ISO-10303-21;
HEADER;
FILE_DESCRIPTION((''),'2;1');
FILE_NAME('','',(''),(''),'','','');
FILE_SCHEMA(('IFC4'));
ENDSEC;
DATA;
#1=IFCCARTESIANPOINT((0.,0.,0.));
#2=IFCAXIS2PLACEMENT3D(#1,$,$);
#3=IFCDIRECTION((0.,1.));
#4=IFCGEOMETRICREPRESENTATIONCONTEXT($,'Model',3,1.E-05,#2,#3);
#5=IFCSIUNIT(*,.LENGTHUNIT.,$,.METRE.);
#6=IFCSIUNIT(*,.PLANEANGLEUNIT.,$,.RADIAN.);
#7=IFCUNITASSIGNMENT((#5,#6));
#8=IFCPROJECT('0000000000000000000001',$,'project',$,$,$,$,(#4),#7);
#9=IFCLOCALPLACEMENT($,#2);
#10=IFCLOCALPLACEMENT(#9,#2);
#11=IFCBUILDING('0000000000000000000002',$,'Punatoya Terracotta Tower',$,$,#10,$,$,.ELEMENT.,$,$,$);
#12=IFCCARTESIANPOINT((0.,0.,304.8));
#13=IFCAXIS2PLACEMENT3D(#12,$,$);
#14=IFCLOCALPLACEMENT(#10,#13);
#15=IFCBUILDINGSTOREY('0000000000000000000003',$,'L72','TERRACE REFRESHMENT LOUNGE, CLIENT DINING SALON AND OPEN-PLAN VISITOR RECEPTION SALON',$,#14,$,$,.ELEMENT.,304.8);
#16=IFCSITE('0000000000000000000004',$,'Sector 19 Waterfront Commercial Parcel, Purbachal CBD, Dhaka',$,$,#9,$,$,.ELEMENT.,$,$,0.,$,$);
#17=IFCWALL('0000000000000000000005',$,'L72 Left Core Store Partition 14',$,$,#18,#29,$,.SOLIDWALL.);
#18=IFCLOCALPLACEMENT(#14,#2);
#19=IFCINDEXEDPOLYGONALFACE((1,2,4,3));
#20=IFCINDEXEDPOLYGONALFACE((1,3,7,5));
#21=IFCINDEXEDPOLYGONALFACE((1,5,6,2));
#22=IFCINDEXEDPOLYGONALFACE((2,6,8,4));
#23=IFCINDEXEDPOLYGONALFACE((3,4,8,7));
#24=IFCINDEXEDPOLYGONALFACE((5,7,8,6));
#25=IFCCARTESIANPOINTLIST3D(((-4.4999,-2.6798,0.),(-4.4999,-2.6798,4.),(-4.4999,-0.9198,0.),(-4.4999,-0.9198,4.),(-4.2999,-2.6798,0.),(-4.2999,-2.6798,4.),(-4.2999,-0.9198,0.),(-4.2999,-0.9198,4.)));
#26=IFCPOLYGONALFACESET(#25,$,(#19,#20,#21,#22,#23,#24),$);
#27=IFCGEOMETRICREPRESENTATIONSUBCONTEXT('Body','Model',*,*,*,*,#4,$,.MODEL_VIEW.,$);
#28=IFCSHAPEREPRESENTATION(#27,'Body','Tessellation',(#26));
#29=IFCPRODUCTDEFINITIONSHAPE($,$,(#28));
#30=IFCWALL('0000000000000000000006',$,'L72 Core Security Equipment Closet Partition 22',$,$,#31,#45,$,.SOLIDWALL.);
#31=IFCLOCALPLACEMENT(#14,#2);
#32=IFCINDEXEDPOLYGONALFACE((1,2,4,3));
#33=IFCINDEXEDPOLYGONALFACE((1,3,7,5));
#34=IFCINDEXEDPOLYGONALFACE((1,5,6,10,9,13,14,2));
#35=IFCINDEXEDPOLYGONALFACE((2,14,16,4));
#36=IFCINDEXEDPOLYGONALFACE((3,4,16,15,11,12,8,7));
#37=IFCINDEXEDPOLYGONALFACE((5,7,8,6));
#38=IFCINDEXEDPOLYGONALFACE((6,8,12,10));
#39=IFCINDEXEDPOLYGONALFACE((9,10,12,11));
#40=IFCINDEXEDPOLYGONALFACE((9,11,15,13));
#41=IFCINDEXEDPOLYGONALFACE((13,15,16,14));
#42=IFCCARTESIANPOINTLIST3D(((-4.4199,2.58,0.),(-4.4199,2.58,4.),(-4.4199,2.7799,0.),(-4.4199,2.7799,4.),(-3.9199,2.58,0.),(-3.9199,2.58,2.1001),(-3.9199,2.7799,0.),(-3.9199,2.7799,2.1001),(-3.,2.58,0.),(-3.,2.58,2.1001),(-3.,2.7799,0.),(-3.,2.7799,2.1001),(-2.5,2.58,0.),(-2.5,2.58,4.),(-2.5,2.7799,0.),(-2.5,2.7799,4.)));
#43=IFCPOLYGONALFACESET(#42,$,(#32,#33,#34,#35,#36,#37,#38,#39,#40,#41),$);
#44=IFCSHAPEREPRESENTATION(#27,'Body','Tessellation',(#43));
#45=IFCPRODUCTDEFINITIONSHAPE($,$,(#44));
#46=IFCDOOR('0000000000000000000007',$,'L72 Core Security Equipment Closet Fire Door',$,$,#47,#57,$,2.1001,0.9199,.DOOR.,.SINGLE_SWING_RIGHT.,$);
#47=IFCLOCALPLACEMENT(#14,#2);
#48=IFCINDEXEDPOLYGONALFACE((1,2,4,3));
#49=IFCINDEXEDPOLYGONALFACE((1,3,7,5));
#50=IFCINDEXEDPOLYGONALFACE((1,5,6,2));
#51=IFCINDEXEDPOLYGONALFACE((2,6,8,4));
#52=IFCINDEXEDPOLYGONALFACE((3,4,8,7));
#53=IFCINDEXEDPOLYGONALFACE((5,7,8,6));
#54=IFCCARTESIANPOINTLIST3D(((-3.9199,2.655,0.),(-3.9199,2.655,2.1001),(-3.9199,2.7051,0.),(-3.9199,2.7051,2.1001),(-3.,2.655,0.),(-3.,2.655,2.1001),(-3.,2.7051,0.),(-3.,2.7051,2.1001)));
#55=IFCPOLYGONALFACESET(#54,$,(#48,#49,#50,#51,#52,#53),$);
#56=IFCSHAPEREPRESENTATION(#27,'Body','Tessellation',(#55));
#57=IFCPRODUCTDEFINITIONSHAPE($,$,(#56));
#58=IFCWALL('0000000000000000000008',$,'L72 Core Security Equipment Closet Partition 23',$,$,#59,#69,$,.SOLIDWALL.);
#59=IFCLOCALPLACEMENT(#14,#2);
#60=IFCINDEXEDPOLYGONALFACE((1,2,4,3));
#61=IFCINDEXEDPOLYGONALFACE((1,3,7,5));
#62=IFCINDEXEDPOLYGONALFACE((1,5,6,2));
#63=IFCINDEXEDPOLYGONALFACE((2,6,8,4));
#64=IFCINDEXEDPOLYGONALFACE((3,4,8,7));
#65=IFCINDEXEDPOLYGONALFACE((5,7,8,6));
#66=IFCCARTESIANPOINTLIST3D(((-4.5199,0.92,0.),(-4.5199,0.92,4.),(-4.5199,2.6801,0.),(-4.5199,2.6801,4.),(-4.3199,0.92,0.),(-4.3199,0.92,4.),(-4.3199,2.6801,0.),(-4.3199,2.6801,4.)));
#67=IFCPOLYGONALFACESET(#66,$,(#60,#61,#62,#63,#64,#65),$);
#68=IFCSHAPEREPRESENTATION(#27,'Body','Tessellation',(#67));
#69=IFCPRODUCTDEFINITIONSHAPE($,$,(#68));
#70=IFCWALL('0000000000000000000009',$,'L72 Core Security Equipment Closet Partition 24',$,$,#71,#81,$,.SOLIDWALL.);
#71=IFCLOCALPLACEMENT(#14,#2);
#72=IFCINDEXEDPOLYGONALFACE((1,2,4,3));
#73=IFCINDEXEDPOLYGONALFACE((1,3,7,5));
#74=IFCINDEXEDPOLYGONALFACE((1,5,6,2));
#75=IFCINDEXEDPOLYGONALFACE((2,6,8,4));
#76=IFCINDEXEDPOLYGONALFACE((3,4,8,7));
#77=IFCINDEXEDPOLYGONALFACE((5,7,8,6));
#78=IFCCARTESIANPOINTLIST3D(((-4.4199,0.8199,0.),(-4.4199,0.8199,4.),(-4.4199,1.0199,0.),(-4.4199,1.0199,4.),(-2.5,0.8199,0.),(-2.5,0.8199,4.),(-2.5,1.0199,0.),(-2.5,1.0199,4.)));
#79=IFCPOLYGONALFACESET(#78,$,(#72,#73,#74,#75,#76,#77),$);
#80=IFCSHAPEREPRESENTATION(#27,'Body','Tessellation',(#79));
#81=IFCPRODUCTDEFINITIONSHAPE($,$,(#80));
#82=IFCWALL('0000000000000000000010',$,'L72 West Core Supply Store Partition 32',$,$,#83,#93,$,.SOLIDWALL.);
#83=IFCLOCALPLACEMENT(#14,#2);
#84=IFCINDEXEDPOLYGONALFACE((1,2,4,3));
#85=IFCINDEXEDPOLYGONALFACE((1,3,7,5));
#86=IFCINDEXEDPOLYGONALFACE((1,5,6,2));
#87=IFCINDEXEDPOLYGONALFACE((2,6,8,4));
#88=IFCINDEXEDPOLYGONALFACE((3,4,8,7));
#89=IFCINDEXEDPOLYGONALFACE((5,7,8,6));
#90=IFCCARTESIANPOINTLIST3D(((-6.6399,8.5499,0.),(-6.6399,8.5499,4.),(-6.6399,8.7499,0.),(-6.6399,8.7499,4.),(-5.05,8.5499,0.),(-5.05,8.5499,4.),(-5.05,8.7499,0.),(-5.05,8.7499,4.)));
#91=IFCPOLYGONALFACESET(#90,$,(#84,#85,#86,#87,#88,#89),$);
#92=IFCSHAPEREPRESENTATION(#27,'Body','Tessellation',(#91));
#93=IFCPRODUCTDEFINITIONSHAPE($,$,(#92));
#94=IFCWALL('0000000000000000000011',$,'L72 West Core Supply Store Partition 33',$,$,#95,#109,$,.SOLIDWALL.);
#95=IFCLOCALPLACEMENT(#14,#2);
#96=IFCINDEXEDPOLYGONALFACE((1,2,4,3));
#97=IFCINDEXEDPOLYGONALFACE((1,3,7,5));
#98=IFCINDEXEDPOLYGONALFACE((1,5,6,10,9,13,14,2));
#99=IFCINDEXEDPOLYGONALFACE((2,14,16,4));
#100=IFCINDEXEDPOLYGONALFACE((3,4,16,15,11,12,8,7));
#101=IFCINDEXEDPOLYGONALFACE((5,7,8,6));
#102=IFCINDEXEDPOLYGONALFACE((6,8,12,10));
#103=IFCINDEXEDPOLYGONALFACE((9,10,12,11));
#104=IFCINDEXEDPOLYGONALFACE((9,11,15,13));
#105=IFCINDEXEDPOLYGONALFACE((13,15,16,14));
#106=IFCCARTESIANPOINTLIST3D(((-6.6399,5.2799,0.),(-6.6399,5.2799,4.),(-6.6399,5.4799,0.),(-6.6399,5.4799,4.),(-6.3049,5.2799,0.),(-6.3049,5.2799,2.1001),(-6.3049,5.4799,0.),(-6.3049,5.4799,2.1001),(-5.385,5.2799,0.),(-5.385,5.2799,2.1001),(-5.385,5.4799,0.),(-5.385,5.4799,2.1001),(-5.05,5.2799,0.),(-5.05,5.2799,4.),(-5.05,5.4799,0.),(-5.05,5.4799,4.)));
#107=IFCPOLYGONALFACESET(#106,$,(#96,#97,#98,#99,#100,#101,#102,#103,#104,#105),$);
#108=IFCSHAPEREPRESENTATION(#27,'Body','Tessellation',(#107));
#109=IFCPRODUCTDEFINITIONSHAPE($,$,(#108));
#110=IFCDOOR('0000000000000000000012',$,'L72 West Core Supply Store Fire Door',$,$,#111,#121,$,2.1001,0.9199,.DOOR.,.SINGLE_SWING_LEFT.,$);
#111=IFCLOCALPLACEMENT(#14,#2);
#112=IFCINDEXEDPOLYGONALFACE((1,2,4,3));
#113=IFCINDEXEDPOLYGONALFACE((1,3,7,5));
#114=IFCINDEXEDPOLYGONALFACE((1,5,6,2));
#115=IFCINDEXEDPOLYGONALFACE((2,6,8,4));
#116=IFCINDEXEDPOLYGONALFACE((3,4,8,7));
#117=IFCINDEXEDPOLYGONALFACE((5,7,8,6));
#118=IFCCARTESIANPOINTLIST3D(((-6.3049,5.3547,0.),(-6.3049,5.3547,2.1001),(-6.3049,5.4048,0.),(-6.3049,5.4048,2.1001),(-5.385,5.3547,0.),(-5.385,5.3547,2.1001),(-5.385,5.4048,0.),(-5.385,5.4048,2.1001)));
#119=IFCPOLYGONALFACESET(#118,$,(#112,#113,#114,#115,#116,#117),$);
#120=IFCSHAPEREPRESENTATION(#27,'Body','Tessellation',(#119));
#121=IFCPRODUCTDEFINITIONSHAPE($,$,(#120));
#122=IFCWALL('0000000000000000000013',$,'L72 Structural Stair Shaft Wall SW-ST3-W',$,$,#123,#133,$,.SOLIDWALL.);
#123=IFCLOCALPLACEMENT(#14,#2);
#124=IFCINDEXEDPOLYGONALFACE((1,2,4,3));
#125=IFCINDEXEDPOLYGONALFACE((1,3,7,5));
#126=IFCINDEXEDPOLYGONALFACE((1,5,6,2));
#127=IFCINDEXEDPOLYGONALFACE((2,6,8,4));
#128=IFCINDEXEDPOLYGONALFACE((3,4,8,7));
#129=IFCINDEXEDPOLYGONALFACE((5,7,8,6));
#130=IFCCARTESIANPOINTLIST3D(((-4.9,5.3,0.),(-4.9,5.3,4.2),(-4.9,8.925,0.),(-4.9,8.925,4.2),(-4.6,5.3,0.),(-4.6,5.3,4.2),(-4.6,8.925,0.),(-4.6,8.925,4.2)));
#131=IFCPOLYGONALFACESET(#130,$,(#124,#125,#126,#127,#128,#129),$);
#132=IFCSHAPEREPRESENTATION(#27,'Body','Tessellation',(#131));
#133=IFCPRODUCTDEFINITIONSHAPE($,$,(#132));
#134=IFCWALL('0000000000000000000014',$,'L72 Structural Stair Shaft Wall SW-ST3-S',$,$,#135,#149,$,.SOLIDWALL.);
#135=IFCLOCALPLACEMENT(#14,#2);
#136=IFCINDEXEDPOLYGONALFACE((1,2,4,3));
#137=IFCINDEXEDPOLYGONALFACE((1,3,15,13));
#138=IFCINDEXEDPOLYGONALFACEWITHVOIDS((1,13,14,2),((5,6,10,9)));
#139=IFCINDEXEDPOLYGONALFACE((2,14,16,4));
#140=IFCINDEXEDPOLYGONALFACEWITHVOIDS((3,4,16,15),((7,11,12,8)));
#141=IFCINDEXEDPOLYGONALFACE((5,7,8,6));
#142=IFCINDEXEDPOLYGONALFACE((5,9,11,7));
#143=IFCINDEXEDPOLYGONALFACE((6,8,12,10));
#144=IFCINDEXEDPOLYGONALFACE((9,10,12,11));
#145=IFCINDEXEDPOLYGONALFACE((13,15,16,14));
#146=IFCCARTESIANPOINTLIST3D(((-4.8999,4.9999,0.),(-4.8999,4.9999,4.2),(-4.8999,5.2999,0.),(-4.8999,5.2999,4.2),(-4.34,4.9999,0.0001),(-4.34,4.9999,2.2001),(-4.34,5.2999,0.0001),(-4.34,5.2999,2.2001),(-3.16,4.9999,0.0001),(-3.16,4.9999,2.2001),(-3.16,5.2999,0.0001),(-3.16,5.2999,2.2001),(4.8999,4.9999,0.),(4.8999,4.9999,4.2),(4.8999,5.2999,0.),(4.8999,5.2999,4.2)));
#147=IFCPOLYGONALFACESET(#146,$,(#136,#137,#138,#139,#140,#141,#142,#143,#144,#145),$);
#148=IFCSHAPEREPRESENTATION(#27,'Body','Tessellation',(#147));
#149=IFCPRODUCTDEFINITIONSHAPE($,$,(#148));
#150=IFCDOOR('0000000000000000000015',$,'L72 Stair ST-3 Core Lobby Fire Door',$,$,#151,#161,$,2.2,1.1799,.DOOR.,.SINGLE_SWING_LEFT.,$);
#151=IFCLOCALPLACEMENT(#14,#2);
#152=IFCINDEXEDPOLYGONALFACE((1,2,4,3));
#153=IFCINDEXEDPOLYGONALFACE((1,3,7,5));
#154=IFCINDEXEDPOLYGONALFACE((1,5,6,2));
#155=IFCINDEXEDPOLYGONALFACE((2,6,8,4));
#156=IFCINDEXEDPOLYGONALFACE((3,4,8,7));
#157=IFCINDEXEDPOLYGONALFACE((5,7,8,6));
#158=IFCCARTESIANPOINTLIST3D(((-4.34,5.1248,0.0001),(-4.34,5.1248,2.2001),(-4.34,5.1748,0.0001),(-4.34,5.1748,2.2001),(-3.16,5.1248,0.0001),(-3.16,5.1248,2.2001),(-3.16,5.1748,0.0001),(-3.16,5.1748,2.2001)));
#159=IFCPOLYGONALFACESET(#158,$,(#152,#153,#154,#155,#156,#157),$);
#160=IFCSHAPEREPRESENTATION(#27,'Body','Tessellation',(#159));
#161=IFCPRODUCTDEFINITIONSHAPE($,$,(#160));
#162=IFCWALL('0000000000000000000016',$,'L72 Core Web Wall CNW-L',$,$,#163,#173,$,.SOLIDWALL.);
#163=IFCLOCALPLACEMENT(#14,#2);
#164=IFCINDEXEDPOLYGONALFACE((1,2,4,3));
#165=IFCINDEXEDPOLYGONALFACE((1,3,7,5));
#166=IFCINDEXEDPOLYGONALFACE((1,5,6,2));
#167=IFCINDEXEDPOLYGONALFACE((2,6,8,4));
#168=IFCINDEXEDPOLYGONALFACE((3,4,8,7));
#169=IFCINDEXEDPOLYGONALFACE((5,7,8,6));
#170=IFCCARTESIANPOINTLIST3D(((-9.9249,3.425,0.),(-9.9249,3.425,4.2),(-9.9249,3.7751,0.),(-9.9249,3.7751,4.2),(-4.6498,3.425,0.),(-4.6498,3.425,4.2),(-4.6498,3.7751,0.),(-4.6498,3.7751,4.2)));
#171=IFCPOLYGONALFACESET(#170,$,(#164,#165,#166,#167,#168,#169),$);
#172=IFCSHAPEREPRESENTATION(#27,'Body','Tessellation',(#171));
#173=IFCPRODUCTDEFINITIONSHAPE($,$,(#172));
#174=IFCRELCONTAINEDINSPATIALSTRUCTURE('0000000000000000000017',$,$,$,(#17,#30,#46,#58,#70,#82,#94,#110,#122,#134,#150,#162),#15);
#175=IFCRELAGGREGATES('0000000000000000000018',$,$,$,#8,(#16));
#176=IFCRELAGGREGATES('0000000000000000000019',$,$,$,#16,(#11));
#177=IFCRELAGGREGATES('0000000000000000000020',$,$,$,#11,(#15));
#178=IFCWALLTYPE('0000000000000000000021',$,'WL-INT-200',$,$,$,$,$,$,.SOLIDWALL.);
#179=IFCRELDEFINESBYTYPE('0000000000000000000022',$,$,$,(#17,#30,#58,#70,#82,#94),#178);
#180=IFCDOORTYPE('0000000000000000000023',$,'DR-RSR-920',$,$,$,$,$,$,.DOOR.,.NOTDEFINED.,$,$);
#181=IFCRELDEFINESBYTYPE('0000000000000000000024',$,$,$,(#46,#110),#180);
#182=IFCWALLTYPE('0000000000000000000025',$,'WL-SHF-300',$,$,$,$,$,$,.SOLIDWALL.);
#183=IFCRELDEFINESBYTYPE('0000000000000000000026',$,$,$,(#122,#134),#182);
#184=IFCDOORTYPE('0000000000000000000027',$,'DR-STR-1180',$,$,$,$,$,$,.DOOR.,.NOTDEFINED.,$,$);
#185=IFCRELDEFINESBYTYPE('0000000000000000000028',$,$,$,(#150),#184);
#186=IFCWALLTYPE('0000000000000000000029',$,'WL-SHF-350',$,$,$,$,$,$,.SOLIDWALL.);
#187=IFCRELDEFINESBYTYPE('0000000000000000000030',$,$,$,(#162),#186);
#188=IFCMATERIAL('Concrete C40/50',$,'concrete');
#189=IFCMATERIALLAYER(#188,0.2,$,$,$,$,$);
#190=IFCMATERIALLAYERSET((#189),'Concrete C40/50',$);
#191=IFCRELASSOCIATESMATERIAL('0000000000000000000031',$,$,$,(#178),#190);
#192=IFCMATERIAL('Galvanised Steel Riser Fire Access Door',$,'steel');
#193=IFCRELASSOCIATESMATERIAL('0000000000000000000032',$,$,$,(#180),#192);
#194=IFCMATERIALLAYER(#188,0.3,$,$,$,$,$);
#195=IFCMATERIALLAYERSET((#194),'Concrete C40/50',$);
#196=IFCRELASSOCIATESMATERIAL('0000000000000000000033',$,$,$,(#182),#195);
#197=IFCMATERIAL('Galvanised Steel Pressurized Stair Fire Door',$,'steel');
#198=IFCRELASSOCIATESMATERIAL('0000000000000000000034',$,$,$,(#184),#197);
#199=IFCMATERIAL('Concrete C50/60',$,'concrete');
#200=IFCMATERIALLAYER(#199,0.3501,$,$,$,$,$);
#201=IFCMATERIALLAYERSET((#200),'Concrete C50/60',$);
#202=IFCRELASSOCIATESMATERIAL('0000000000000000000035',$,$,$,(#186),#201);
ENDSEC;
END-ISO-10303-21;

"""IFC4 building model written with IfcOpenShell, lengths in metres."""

from ifc_helpers import new_model, si_unit, direction, frame, frame_2d, origin, place, context, subcontext, project, spatial, rectangle, extrude, material, layer, layer_set, type_object, element, fill, save


model = new_model("IFC4")

# Units and contexts
model_context = context("Model", 3, precision=1e-05, world=origin(), true_north=direction((0.0, 1.0)))
body_context = subcontext(model_context, "Body", "Model", "MODEL_VIEW")
ifc_project = project(units=[si_unit("LENGTHUNIT", "METRE"), si_unit("PLANEANGLEUNIT", "RADIAN")], contexts=[model_context])

# Site, building, storey
site_placement = place(None, origin())
site = spatial("IfcSite", under=ifc_project, at=site_placement, Name="Sector 19 Waterfront Commercial Parcel, Purbachal CBD, Dhaka", CompositionType="ELEMENT", RefElevation=0.0)
building_placement = place(site_placement, origin())
building = spatial("IfcBuilding", under=site, at=building_placement, Name="Punatoya Terracotta Tower", CompositionType="ELEMENT")
storey_placement = place(building_placement, frame((0.0, 0.0, 304.8)))
storey = spatial("IfcBuildingStorey", under=building, at=storey_placement, Name="L72", Description="TERRACE REFRESHMENT LOUNGE, CLIENT DINING SALON AND OPEN-PLAN VISITOR RECEPTION SALON", CompositionType="ELEMENT", Elevation=304.8)

# Shared definitions
ifc_material_1 = material(Name="Concrete C50/60", Category="concrete")

# Wall
ifc_material_2 = material(Name="Concrete C40/50", Category="concrete")
ifc_layer_1 = layer(ifc_material_2, 0.2)
ifc_layer_set_1 = layer_set([ifc_layer_1], Name="Concrete C40/50")
wall_type_1 = type_object("IfcWallType", Name="WL-INT-200", PredefinedType="SOLIDWALL", material=ifc_layer_set_1)
wall_1_placement = place(storey_placement, frame((-4.3999, -0.9199, 0.0), z_axis=(0.0, 0.0, 1.0), x_axis=(0.0, -1.0, 0.0)))
element("IfcWall", 1, at=wall_1_placement, inside=storey, type_object=wall_type_1, Name="L72 Left Core Store Partition 14", PredefinedType="SOLIDWALL", context=body_context, shape_type="SweptSolid", body=[
    extrude(rectangle(XDim=1.76, YDim=0.2, at=frame_2d((0.8799, 0.0))), origin(), (0.0, 0.0, 1.0), 4.0),
])

# Wall, opening, door
wall_2_placement = place(storey_placement, frame((-2.5, 2.6799, 0.0), z_axis=(0.0, 0.0, 1.0), x_axis=(-1.0, 0.0, 0.0)))
wall_2 = element("IfcWall", 2, at=wall_2_placement, inside=storey, type_object=wall_type_1, Name="L72 Core Security Equipment Closet Partition 22", PredefinedType="SOLIDWALL", context=body_context, shape_type="SweptSolid", body=[
    extrude(rectangle(XDim=1.9199, YDim=0.2, at=frame_2d((0.96, 0.0))), origin(), (0.0, 0.0, 1.0), 4.0),
])
opening_1_placement = place(wall_2_placement, frame((0.5, 0.0, 0.0)))
opening_1 = element("IfcOpeningElement", 3, at=opening_1_placement, cuts=wall_2, PredefinedType="OPENING", context=body_context, shape_type="SweptSolid", body=[
    extrude(rectangle(XDim=0.9199, YDim=2.1001, at=frame_2d((0.46, 1.05))), frame((0.0, 0.1099, 0.0), z_axis=(0.0, -1.0, 0.0), x_axis=(1.0, 0.0, 0.0)), (0.0, 0.0, 1.0), 0.22),
])
ifc_material_3 = material(Name="Galvanised Steel Riser Fire Access Door", Category="steel")
door_type_1 = type_object("IfcDoorType", Name="DR-RSR-920", OperationType="NOTDEFINED", PredefinedType="DOOR", material=ifc_material_3)
door_1_placement = place(opening_1_placement, origin())
door_1 = element("IfcDoor", 4, at=door_1_placement, inside=storey, type_object=door_type_1, Name="L72 Core Security Equipment Closet Fire Door", OperationType="SINGLE_SWING_RIGHT", OverallHeight=2.1001, OverallWidth=0.9199, PredefinedType="DOOR", context=body_context, shape_type="SweptSolid", body=[
    extrude(rectangle(XDim=0.9199, YDim=2.1001, at=frame_2d((0.46, 1.05))), frame((0.0, 0.0249, 0.0), z_axis=(0.0, -1.0, 0.0), x_axis=(1.0, 0.0, 0.0)), (0.0, 0.0, 1.0), 0.05),
])
fill(opening_1, door_1)

# Walls
wall_3_placement = place(storey_placement, frame((-4.4199, 2.6799, 0.0), z_axis=(0.0, 0.0, 1.0), x_axis=(0.0, -1.0, 0.0)))
element("IfcWall", 5, at=wall_3_placement, inside=storey, type_object=wall_type_1, Name="L72 Core Security Equipment Closet Partition 23", PredefinedType="SOLIDWALL", context=body_context, shape_type="SweptSolid", body=[
    extrude(rectangle(XDim=1.76, YDim=0.2, at=frame_2d((0.8799, 0.0))), origin(), (0.0, 0.0, 1.0), 4.0),
])
wall_4_placement = place(storey_placement, frame((-4.4199, 0.9199, 0.0), z_axis=(0.0, 0.0, 1.0), x_axis=(1.0, 0.0, 0.0)))
element("IfcWall", 6, at=wall_4_placement, inside=storey, type_object=wall_type_1, Name="L72 Core Security Equipment Closet Partition 24", PredefinedType="SOLIDWALL", context=body_context, shape_type="SweptSolid", body=[
    extrude(rectangle(XDim=1.9199, YDim=0.2, at=frame_2d((0.96, 0.0))), origin(), (0.0, 0.0, 1.0), 4.0),
])
wall_5_placement = place(storey_placement, frame((-5.05, 8.6499, 0.0), z_axis=(0.0, 0.0, 1.0), x_axis=(-1.0, 0.0, 0.0)))
element("IfcWall", 7, at=wall_5_placement, inside=storey, type_object=wall_type_1, Name="L72 West Core Supply Store Partition 32", PredefinedType="SOLIDWALL", context=body_context, shape_type="SweptSolid", body=[
    extrude(rectangle(XDim=1.5898, YDim=0.2, at=frame_2d((0.7949, 0.0))), origin(), (0.0, 0.0, 1.0), 4.0),
])

# Wall, opening, door
wall_6_placement = place(storey_placement, frame((-6.6399, 5.3799, 0.0), z_axis=(0.0, 0.0, 1.0), x_axis=(1.0, 0.0, 0.0)))
wall_6 = element("IfcWall", 8, at=wall_6_placement, inside=storey, type_object=wall_type_1, Name="L72 West Core Supply Store Partition 33", PredefinedType="SOLIDWALL", context=body_context, shape_type="SweptSolid", body=[
    extrude(rectangle(XDim=1.5898, YDim=0.2, at=frame_2d((0.7949, 0.0))), origin(), (0.0, 0.0, 1.0), 4.0),
])
opening_2_placement = place(wall_6_placement, frame((0.335, 0.0, 0.0)))
opening_2 = element("IfcOpeningElement", 9, at=opening_2_placement, cuts=wall_6, PredefinedType="OPENING", context=body_context, shape_type="SweptSolid", body=[
    extrude(rectangle(XDim=0.9199, YDim=2.1001, at=frame_2d((0.46, 1.05))), frame((0.0, 0.1099, 0.0), z_axis=(0.0, -1.0, 0.0), x_axis=(1.0, 0.0, 0.0)), (0.0, 0.0, 1.0), 0.22),
])
door_2_placement = place(opening_2_placement, origin())
door_2 = element("IfcDoor", 10, at=door_2_placement, inside=storey, type_object=door_type_1, Name="L72 West Core Supply Store Fire Door", OperationType="SINGLE_SWING_LEFT", OverallHeight=2.1001, OverallWidth=0.9199, PredefinedType="DOOR", context=body_context, shape_type="SweptSolid", body=[
    extrude(rectangle(XDim=0.9199, YDim=2.1001, at=frame_2d((0.46, 1.05))), frame((0.0, 0.0249, 0.0), z_axis=(0.0, -1.0, 0.0), x_axis=(1.0, 0.0, 0.0)), (0.0, 0.0, 1.0), 0.05),
])
fill(opening_2, door_2)

# Wall
ifc_layer_2 = layer(ifc_material_2, 0.3)
ifc_layer_set_2 = layer_set([ifc_layer_2], Name="Concrete C40/50")
wall_type_2 = type_object("IfcWallType", Name="WL-SHF-300", PredefinedType="SOLIDWALL", material=ifc_layer_set_2)
wall_7_placement = place(storey_placement, frame((-4.75, 5.3, 0.0), z_axis=(0.0, 0.0, 1.0), x_axis=(0.0, 1.0, 0.0)))
element("IfcWall", 11, at=wall_7_placement, inside=storey, type_object=wall_type_2, Name="L72 Structural Stair Shaft Wall SW-ST3-W", PredefinedType="SOLIDWALL", context=body_context, shape_type="SweptSolid", body=[
    extrude(rectangle(XDim=3.625, YDim=0.3, at=frame_2d((1.8125, 0.0))), origin(), (0.0, 0.0, 1.0), 4.2),
])

# Wall, opening, door
wall_8_placement = place(storey_placement, frame((-4.8999, 5.1499, 0.0), z_axis=(0.0, 0.0, 1.0), x_axis=(1.0, 0.0, 0.0)))
wall_8 = element("IfcWall", 12, at=wall_8_placement, inside=storey, type_object=wall_type_2, Name="L72 Structural Stair Shaft Wall SW-ST3-S", PredefinedType="SOLIDWALL", context=body_context, shape_type="SweptSolid", body=[
    extrude(rectangle(XDim=9.7998, YDim=0.3, at=frame_2d((4.8999, 0.0))), origin(), (0.0, 0.0, 1.0), 4.2),
])
opening_3_placement = place(wall_8_placement, frame((0.5601, 0.0, 0.0)))
opening_3 = element("IfcOpeningElement", 13, at=opening_3_placement, cuts=wall_8, PredefinedType="OPENING", context=body_context, shape_type="SweptSolid", body=[
    extrude(rectangle(XDim=1.1799, YDim=2.2, at=frame_2d((0.5898, 1.1001))), frame((0.0, 0.1599, 0.0), z_axis=(0.0, -1.0, 0.0), x_axis=(1.0, 0.0, 0.0)), (0.0, 0.0, 1.0), 0.3201),
])
ifc_material_4 = material(Name="Galvanised Steel Pressurized Stair Fire Door", Category="steel")
door_type_2 = type_object("IfcDoorType", Name="DR-STR-1180", OperationType="NOTDEFINED", PredefinedType="DOOR", material=ifc_material_4)
door_3_placement = place(opening_3_placement, origin())
door_3 = element("IfcDoor", 14, at=door_3_placement, inside=storey, type_object=door_type_2, Name="L72 Stair ST-3 Core Lobby Fire Door", OperationType="SINGLE_SWING_LEFT", OverallHeight=2.2, OverallWidth=1.1799, PredefinedType="DOOR", context=body_context, shape_type="SweptSolid", body=[
    extrude(rectangle(XDim=1.1799, YDim=2.2, at=frame_2d((0.5898, 1.1001))), frame((0.0, 0.0249, 0.0), z_axis=(0.0, -1.0, 0.0), x_axis=(1.0, 0.0, 0.0)), (0.0, 0.0, 1.0), 0.05),
])
fill(opening_3, door_3)

# Wall
ifc_layer_3 = layer(ifc_material_1, 0.3501)
ifc_layer_set_3 = layer_set([ifc_layer_3], Name="Concrete C50/60")
wall_type_3 = type_object("IfcWallType", Name="WL-SHF-350", PredefinedType="SOLIDWALL", material=ifc_layer_set_3)
wall_9_placement = place(storey_placement, frame((-9.925, 3.6001, 0.0), z_axis=(0.0, 0.0, 1.0), x_axis=(1.0, 0.0, 0.0)))
element("IfcWall", 15, at=wall_9_placement, inside=storey, type_object=wall_type_3, Name="L72 Core Web Wall CNW-L", PredefinedType="SOLIDWALL", context=body_context, shape_type="SweptSolid", body=[
    extrude(rectangle(XDim=5.2751, YDim=0.3501, at=frame_2d((2.6377, 0.0))), origin(), (0.0, 0.0, 1.0), 4.2),
])

save(model, "model.ifc")
